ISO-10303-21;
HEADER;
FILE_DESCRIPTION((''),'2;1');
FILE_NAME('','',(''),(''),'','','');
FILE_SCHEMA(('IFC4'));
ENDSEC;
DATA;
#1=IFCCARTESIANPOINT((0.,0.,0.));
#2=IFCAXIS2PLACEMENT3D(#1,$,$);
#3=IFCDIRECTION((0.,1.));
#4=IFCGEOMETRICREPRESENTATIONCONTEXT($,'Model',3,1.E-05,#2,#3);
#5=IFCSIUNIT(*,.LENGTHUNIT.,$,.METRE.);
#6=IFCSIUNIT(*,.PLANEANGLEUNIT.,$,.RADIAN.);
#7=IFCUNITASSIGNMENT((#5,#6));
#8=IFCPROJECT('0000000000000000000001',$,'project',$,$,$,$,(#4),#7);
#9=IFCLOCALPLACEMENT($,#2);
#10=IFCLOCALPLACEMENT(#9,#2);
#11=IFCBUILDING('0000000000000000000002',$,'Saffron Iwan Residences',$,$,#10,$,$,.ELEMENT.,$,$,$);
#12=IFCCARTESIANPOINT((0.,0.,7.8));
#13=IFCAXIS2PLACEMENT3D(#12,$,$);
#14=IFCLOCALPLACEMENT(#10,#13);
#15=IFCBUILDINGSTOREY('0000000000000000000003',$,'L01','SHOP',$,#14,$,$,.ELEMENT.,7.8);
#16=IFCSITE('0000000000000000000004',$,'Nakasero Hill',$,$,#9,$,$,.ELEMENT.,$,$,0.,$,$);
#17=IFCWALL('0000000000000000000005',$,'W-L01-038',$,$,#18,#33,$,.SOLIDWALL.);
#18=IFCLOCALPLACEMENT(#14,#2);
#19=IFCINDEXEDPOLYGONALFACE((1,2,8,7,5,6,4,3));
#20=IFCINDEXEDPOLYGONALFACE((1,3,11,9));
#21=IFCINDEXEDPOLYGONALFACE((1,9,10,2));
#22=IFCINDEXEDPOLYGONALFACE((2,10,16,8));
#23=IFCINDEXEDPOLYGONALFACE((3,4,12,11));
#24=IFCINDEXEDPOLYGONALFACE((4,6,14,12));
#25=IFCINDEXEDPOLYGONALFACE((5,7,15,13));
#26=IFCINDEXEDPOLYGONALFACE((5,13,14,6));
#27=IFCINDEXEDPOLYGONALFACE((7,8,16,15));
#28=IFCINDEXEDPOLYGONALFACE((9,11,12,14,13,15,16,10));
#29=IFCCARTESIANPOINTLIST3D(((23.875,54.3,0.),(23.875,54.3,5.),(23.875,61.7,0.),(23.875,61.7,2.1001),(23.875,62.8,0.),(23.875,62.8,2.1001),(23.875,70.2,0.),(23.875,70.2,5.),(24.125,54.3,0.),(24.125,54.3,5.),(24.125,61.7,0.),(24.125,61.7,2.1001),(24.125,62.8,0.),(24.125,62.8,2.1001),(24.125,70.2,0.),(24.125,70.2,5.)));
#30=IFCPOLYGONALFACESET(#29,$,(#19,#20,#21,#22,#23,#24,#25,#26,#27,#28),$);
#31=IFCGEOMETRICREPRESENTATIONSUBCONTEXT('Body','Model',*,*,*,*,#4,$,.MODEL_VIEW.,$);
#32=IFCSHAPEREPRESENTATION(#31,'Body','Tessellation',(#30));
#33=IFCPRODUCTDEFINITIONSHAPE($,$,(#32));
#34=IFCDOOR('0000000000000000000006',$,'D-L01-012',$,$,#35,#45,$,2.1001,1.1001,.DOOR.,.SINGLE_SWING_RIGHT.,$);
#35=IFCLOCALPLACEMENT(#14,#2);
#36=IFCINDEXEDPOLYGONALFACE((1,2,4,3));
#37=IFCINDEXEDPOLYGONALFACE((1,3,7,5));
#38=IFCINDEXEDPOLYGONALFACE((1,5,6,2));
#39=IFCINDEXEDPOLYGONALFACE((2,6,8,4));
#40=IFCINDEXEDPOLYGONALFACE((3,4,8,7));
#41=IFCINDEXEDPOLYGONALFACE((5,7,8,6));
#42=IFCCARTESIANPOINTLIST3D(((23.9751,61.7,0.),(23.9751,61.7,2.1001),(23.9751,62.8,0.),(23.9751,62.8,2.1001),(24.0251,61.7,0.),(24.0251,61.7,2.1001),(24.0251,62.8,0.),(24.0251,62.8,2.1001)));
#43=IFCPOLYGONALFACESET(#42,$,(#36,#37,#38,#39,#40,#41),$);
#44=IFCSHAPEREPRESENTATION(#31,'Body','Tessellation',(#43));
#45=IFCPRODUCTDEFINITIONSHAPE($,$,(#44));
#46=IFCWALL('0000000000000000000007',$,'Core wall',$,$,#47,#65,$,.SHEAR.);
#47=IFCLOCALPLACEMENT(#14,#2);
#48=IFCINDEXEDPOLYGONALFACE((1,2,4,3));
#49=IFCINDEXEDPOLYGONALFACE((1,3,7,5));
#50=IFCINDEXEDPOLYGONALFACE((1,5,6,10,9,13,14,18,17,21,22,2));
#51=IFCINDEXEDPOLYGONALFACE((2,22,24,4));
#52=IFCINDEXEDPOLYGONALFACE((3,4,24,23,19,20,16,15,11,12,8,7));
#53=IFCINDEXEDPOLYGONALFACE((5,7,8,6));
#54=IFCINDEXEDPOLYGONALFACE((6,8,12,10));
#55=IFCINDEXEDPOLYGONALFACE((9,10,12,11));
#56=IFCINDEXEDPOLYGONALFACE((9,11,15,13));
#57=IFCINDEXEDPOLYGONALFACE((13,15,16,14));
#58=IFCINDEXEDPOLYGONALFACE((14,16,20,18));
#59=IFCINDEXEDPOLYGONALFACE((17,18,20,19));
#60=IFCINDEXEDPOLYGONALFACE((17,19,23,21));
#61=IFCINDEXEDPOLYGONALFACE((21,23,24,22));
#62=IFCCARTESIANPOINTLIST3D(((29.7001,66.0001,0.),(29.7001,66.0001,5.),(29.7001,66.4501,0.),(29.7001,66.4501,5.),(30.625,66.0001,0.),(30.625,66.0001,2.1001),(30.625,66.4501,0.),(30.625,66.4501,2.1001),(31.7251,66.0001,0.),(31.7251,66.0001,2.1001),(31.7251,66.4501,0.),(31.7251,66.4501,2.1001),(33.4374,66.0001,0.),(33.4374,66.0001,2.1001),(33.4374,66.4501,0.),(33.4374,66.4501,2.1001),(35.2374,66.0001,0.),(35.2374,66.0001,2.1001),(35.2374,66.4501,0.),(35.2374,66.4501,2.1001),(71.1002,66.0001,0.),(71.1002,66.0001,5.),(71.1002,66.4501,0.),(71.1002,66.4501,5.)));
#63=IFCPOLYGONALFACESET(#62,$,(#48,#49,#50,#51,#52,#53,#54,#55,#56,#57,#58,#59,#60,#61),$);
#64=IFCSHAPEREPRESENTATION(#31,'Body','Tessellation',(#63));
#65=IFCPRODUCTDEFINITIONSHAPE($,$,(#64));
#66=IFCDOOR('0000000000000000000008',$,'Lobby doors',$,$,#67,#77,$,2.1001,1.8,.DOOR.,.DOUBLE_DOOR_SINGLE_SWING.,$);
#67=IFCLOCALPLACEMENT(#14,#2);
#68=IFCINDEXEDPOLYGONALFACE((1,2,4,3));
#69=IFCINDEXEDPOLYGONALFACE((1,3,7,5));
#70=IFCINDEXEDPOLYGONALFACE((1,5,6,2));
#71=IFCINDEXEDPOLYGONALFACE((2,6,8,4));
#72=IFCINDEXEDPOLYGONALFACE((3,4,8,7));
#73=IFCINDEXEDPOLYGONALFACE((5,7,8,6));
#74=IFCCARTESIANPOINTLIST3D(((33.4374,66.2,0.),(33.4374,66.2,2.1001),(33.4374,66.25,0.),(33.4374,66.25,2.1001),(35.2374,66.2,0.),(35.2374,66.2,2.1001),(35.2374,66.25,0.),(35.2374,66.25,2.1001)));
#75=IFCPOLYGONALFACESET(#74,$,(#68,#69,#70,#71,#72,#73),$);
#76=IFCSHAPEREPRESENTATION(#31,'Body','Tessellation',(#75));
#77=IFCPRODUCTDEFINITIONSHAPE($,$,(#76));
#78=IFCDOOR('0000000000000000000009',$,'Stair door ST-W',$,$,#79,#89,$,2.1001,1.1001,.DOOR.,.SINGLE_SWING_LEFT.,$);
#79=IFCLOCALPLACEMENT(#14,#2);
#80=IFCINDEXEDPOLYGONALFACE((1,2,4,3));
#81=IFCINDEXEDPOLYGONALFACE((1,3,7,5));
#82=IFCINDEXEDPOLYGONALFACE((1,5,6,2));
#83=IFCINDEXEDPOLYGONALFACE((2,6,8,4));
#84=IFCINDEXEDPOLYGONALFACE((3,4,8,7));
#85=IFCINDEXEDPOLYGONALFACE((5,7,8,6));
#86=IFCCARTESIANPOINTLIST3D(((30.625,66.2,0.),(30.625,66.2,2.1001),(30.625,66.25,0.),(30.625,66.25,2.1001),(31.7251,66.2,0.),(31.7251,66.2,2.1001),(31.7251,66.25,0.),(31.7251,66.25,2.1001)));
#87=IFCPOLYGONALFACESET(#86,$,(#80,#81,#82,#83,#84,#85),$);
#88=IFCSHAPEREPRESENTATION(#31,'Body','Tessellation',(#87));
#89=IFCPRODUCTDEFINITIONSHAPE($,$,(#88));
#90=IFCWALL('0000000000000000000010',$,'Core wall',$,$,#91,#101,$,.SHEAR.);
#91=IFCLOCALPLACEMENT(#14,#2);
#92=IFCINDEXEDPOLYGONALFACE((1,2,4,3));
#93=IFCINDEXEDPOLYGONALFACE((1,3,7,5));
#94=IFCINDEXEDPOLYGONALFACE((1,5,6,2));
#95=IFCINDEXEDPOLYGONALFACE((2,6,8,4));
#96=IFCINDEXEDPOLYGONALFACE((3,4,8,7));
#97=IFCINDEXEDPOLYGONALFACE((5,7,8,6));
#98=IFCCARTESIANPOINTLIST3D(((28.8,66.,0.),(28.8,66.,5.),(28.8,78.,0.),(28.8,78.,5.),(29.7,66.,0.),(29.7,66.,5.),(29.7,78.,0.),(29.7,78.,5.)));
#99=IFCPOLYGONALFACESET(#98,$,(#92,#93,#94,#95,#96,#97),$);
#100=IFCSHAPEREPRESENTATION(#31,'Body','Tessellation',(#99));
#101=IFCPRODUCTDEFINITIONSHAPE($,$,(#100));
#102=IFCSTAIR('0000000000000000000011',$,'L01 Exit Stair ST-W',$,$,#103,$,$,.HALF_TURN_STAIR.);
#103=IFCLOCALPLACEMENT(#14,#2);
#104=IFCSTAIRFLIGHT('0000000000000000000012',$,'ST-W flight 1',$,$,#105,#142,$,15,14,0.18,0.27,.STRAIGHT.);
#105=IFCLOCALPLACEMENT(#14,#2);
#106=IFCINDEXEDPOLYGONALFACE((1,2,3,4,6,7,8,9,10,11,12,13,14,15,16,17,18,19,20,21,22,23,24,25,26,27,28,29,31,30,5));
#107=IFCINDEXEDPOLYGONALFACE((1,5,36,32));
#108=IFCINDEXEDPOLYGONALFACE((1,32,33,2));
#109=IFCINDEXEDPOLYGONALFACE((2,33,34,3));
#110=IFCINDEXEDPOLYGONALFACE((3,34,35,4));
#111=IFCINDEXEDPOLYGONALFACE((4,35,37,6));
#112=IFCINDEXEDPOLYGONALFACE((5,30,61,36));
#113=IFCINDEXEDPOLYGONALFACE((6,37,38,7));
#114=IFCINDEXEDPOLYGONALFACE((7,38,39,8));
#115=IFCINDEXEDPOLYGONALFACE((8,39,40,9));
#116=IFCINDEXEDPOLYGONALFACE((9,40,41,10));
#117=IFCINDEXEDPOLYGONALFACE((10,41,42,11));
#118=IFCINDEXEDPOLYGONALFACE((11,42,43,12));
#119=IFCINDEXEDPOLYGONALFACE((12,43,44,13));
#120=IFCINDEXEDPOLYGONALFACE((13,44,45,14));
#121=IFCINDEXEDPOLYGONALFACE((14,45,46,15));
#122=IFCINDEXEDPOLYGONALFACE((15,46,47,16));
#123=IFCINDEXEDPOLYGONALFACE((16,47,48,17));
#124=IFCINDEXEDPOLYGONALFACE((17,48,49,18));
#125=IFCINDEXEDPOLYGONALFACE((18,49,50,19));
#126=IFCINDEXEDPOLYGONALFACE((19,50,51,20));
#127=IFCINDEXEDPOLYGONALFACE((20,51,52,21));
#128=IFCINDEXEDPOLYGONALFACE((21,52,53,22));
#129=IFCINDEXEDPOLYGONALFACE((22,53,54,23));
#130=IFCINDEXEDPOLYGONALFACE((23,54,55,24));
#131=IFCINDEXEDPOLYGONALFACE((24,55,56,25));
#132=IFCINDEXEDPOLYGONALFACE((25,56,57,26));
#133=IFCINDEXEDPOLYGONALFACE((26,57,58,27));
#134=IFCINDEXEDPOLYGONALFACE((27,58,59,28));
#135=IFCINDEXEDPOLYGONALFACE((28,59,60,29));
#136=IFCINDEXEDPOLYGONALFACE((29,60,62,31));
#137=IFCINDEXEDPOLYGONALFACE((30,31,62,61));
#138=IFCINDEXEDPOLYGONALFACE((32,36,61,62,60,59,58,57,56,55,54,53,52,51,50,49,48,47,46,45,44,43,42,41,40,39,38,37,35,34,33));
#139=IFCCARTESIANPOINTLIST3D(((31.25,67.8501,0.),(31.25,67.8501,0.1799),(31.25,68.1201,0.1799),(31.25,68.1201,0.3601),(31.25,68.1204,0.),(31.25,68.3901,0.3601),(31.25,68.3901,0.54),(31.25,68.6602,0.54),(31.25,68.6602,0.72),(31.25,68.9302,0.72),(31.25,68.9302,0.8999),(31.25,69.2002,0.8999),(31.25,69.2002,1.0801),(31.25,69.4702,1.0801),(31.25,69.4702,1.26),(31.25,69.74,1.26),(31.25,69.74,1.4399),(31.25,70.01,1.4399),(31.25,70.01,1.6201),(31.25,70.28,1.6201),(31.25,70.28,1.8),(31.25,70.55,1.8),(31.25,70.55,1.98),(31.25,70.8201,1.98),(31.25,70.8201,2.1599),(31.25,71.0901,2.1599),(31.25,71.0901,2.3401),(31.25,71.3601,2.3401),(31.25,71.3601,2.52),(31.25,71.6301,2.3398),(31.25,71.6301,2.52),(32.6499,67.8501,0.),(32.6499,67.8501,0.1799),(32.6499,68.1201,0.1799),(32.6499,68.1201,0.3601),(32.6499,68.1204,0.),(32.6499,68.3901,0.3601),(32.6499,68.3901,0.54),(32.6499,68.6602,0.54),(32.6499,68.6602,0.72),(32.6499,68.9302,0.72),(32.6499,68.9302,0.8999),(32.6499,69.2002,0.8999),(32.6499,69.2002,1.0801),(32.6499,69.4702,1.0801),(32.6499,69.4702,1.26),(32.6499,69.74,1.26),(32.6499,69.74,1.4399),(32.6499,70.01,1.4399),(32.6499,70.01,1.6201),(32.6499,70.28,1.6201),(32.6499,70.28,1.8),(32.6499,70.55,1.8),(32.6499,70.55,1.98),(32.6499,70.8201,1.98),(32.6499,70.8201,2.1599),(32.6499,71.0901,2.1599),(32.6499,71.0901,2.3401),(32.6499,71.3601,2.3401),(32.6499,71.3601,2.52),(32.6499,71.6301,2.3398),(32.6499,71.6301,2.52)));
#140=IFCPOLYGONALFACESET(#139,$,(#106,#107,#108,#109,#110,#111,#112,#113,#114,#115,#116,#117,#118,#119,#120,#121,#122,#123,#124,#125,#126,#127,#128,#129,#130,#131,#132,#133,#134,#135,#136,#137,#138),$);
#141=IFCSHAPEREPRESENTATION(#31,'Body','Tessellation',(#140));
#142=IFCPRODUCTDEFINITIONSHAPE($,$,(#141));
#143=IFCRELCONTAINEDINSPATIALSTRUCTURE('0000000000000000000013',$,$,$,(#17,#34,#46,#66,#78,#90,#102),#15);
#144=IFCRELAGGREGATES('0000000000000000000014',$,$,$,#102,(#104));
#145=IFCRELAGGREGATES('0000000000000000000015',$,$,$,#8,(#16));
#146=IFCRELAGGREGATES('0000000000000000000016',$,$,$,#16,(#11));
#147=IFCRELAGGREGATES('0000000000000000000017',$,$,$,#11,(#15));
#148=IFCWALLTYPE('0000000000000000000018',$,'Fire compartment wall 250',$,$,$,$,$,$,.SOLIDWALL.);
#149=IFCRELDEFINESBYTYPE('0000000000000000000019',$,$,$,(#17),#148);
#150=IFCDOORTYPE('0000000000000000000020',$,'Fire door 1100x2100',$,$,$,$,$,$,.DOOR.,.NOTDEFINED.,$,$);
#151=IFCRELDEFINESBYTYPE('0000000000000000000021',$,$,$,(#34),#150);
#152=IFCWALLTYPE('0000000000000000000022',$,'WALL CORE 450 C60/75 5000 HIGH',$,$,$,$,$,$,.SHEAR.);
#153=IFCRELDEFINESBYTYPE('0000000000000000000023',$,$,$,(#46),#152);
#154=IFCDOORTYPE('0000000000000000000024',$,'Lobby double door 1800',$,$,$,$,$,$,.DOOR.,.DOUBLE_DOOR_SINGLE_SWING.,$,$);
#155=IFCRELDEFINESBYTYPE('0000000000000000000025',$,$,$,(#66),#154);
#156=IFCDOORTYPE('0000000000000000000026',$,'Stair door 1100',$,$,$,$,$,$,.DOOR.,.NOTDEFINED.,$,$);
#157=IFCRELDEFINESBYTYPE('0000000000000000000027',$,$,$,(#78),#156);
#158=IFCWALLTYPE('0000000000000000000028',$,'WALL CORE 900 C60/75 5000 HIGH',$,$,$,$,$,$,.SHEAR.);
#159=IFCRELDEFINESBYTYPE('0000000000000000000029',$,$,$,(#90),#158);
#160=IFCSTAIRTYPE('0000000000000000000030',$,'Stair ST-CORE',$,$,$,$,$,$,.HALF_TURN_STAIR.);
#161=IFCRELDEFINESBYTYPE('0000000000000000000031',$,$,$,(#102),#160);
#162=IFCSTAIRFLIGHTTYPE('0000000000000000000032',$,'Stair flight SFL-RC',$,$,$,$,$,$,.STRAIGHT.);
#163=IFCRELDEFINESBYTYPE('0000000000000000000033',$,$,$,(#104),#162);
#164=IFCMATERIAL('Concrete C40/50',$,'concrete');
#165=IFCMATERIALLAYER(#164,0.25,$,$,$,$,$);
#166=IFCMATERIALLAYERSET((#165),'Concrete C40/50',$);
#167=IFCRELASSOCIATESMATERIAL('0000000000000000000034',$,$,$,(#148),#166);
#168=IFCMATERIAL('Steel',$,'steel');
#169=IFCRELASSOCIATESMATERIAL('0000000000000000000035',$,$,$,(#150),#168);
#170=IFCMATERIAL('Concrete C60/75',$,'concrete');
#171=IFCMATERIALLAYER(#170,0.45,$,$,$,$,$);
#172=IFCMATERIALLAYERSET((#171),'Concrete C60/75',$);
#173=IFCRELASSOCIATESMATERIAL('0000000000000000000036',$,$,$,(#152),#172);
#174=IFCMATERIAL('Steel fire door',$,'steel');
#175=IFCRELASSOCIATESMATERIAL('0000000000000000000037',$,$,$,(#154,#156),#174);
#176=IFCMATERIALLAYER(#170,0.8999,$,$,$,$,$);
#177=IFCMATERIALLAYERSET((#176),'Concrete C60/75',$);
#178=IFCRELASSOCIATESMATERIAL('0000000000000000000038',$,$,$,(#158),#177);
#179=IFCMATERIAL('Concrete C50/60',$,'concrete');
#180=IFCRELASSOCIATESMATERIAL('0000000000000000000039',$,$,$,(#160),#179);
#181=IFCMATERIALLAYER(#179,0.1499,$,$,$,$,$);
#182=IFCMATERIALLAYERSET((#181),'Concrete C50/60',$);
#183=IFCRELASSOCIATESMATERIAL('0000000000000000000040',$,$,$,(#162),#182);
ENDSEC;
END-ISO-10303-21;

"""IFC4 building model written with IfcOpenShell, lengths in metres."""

from ifc_helpers import new_model, si_unit, direction, frame, frame_2d, origin, place, context, subcontext, project, spatial, polyline, rectangle, outline, extrude, material, layer, layer_set, type_object, element, fill, aggregate, save


model = new_model("IFC4")

# Units and contexts
model_context = context("Model", 3, precision=1e-05, world=origin(), true_north=direction((0.0, 1.0)))
body_context = subcontext(model_context, "Body", "Model", "MODEL_VIEW")
ifc_project = project(units=[si_unit("LENGTHUNIT", "METRE"), si_unit("PLANEANGLEUNIT", "RADIAN")], contexts=[model_context])

# Site, building, storey
site_placement = place(None, origin())
site = spatial("IfcSite", under=ifc_project, at=site_placement, Name="Nakasero Hill", CompositionType="ELEMENT", RefElevation=0.0)
building_placement = place(site_placement, origin())
building = spatial("IfcBuilding", under=site, at=building_placement, Name="Saffron Iwan Residences", CompositionType="ELEMENT")
storey_placement = place(building_placement, frame((0.0, 0.0, 7.8)))
storey = spatial("IfcBuildingStorey", under=building, at=storey_placement, Name="L01", Description="SHOP", CompositionType="ELEMENT", Elevation=7.8)

# Shared definitions
ifc_material_1 = material(Name="Concrete C50/60", Category="concrete")

# Wall, opening, door
ifc_material_2 = material(Name="Concrete C40/50", Category="concrete")
ifc_layer_1 = layer(ifc_material_2, 0.25)
ifc_layer_set_1 = layer_set([ifc_layer_1], Name="Concrete C40/50")
wall_type_1 = type_object("IfcWallType", Name="Fire compartment wall 250", PredefinedType="SOLIDWALL", material=ifc_layer_set_1)
ifc_material_3 = material(Name="Steel", Category="steel")
door_type_1 = type_object("IfcDoorType", Name="Fire door 1100x2100", OperationType="NOTDEFINED", PredefinedType="DOOR", material=ifc_material_3)
wall_1_placement = place(storey_placement, frame((24.0, 54.3, 0.0), z_axis=(0.0, 0.0, 1.0), x_axis=(0.0, 1.0, 0.0)))
wall_1 = element("IfcWall", 1, at=wall_1_placement, inside=storey, type_object=wall_type_1, Name="W-L01-038", PredefinedType="SOLIDWALL", context=body_context, shape_type="SweptSolid", body=[
    extrude(rectangle(XDim=15.8999, YDim=0.25, at=frame_2d((7.95, 0.0))), origin(), (0.0, 0.0, 1.0), 5.0),
])
opening_1_placement = place(wall_1_placement, frame((7.3999, 0.0, 0.0)))
opening_1 = element("IfcOpeningElement", 2, at=opening_1_placement, cuts=wall_1, PredefinedType="OPENING", context=body_context, shape_type="SweptSolid", body=[
    extrude(rectangle(XDim=1.1001, YDim=2.1001, at=frame_2d((0.55, 1.05))), frame((0.0, 0.135, 0.0), z_axis=(0.0, -1.0, 0.0), x_axis=(1.0, 0.0, 0.0)), (0.0, 0.0, 1.0), 0.27),
])
door_1_placement = place(opening_1_placement, origin())
door_1 = element("IfcDoor", 3, at=door_1_placement, inside=storey, type_object=door_type_1, Name="D-L01-012", OperationType="SINGLE_SWING_RIGHT", OverallHeight=2.1001, OverallWidth=1.1001, PredefinedType="DOOR", context=body_context, shape_type="SweptSolid", body=[
    extrude(rectangle(XDim=1.1001, YDim=2.1001, at=frame_2d((0.55, 1.05))), frame((0.0, 0.0249, 0.0), z_axis=(0.0, -1.0, 0.0), x_axis=(1.0, 0.0, 0.0)), (0.0, 0.0, 1.0), 0.05),
])
fill(opening_1, door_1)

# Wall, openings, doors
ifc_material_4 = material(Name="Concrete C60/75", Category="concrete")
ifc_layer_2 = layer(ifc_material_4, 0.45)
ifc_layer_set_2 = layer_set([ifc_layer_2], Name="Concrete C60/75")
wall_type_2 = type_object("IfcWallType", Name="WALL CORE 450 C60/75 5000 HIGH", PredefinedType="SHEAR", material=ifc_layer_set_2)
wall_2_placement = place(storey_placement, frame((29.7, 66.2251, 0.0), z_axis=(0.0, 0.0, 1.0), x_axis=(1.0, 0.0, 0.0)))
wall_2 = element("IfcWall", 4, at=wall_2_placement, inside=storey, type_object=wall_type_2, Name="Core wall", PredefinedType="SHEAR", context=body_context, shape_type="SweptSolid", body=[
    extrude(rectangle(XDim=41.4001, YDim=0.45, at=frame_2d((20.7002, 0.0))), origin(), (0.0, 0.0, 1.0), 5.0),
])
opening_2_placement = place(wall_2_placement, frame((0.925, 0.0, 0.0)))
opening_2 = element("IfcOpeningElement", 5, at=opening_2_placement, cuts=wall_2, PredefinedType="OPENING", context=body_context, shape_type="SweptSolid", body=[
    extrude(rectangle(XDim=1.1001, YDim=2.1001, at=frame_2d((0.55, 1.05))), frame((0.0, 0.2349, 0.0), z_axis=(0.0, -1.0, 0.0), x_axis=(1.0, 0.0, 0.0)), (0.0, 0.0, 1.0), 0.47),
])
opening_3_placement = place(wall_2_placement, frame((3.7375, 0.0, 0.0)))
opening_3 = element("IfcOpeningElement", 6, at=opening_3_placement, cuts=wall_2, PredefinedType="OPENING", context=body_context, shape_type="SweptSolid", body=[
    extrude(rectangle(XDim=1.8, YDim=2.1001, at=frame_2d((0.8999, 1.05))), frame((0.0, 0.2349, 0.0), z_axis=(0.0, -1.0, 0.0), x_axis=(1.0, 0.0, 0.0)), (0.0, 0.0, 1.0), 0.47),
])
ifc_material_5 = material(Name="Steel fire door", Category="steel")
door_type_2 = type_object("IfcDoorType", Name="Lobby double door 1800", OperationType="DOUBLE_DOOR_SINGLE_SWING", PredefinedType="DOOR", material=ifc_material_5)
door_2_placement = place(opening_3_placement, origin())
door_2 = element("IfcDoor", 7, at=door_2_placement, inside=storey, type_object=door_type_2, Name="Lobby doors", OperationType="DOUBLE_DOOR_SINGLE_SWING", OverallHeight=2.1001, OverallWidth=1.8, PredefinedType="DOOR", context=body_context, shape_type="SweptSolid", body=[
    extrude(rectangle(XDim=1.8, YDim=2.1001, at=frame_2d((0.8999, 1.05))), frame((0.0, 0.0249, 0.0), z_axis=(0.0, -1.0, 0.0), x_axis=(1.0, 0.0, 0.0)), (0.0, 0.0, 1.0), 0.05),
])
fill(opening_3, door_2)
door_type_3 = type_object("IfcDoorType", Name="Stair door 1100", OperationType="NOTDEFINED", PredefinedType="DOOR", material=ifc_material_5)
door_3_placement = place(opening_2_placement, origin())
door_3 = element("IfcDoor", 8, at=door_3_placement, inside=storey, type_object=door_type_3, Name="Stair door ST-W", OperationType="SINGLE_SWING_LEFT", OverallHeight=2.1001, OverallWidth=1.1001, PredefinedType="DOOR", context=body_context, shape_type="SweptSolid", body=[
    extrude(rectangle(XDim=1.1001, YDim=2.1001, at=frame_2d((0.55, 1.05))), frame((0.0, 0.0249, 0.0), z_axis=(0.0, -1.0, 0.0), x_axis=(1.0, 0.0, 0.0)), (0.0, 0.0, 1.0), 0.05),
])
fill(opening_2, door_3)

# Wall
ifc_layer_3 = layer(ifc_material_4, 0.8999)
ifc_layer_set_3 = layer_set([ifc_layer_3], Name="Concrete C60/75")
wall_type_3 = type_object("IfcWallType", Name="WALL CORE 900 C60/75 5000 HIGH", PredefinedType="SHEAR", material=ifc_layer_set_3)
wall_3_placement = place(storey_placement, frame((29.25, 66.0, 0.0), z_axis=(0.0, 0.0, 1.0), x_axis=(0.0, 1.0, 0.0)))
element("IfcWall", 9, at=wall_3_placement, inside=storey, type_object=wall_type_3, Name="Core wall", PredefinedType="SHEAR", context=body_context, shape_type="SweptSolid", body=[
    extrude(rectangle(XDim=12.0, YDim=0.8999, at=frame_2d((6.0, 0.0))), origin(), (0.0, 0.0, 1.0), 5.0),
])

# Stair, stair flight
stair_type = type_object("IfcStairType", Name="Stair ST-CORE", PredefinedType="HALF_TURN_STAIR", material=ifc_material_1)
stair_placement = place(storey_placement, origin())
stair = element("IfcStair", 10, at=stair_placement, inside=storey, type_object=stair_type, Name="L01 Exit Stair ST-W", PredefinedType="HALF_TURN_STAIR")
ifc_layer_4 = layer(ifc_material_1, 0.1499)
ifc_layer_set_4 = layer_set([ifc_layer_4], Name="Concrete C50/60")
stair_flight_type = type_object("IfcStairFlightType", Name="Stair flight SFL-RC", PredefinedType="STRAIGHT", material=ifc_layer_set_4)
stair_flight_1_placement = place(storey_placement, frame((31.95, 67.8501, 0.0), z_axis=(0.0, 0.0, 1.0), x_axis=(0.0, 1.0, 0.0)))
stair_flight_1 = element("IfcStairFlight", 11, at=stair_flight_1_placement, type_object=stair_flight_type, Name="ST-W flight 1", NumberOfRisers=15, NumberOfTreads=14, PredefinedType="STRAIGHT", RiserHeight=0.18, TreadLength=0.27, context=body_context, shape_type="SweptSolid", body=[
    extrude(outline(polyline([(0.0, 0.0), (0.0, 0.1799), (0.27, 0.1799), (0.27, 0.3601), (0.54, 0.3601), (0.54, 0.54), (0.8101, 0.54), (0.8101, 0.72), (1.0801, 0.72), (1.0801, 0.8999), (1.3501, 0.8999), (1.3501, 1.0801), (1.6201, 1.0801), (1.6201, 1.26), (1.8899, 1.26), (1.8899, 1.4399), (2.1599, 1.4399), (2.1599, 1.6201), (2.4299, 1.6201), (2.4299, 1.8), (2.7, 1.8), (2.7, 1.98), (2.97, 1.98), (2.97, 2.1599), (3.24, 2.1599), (3.24, 2.3401), (3.51, 2.3401), (3.51, 2.52), (3.78, 2.52), (3.78, 2.7), (3.78, 2.3398), (0.2703, 0.0), (0.0, 0.0)])), frame((0.0, 0.7, 0.0), z_axis=(0.0, -1.0, 0.0), x_axis=(1.0, 0.0, 0.0)), (0.0, 0.0, 1.0), 1.3999),
])
aggregate(stair, [stair_flight_1])

save(model, "model.ifc")
